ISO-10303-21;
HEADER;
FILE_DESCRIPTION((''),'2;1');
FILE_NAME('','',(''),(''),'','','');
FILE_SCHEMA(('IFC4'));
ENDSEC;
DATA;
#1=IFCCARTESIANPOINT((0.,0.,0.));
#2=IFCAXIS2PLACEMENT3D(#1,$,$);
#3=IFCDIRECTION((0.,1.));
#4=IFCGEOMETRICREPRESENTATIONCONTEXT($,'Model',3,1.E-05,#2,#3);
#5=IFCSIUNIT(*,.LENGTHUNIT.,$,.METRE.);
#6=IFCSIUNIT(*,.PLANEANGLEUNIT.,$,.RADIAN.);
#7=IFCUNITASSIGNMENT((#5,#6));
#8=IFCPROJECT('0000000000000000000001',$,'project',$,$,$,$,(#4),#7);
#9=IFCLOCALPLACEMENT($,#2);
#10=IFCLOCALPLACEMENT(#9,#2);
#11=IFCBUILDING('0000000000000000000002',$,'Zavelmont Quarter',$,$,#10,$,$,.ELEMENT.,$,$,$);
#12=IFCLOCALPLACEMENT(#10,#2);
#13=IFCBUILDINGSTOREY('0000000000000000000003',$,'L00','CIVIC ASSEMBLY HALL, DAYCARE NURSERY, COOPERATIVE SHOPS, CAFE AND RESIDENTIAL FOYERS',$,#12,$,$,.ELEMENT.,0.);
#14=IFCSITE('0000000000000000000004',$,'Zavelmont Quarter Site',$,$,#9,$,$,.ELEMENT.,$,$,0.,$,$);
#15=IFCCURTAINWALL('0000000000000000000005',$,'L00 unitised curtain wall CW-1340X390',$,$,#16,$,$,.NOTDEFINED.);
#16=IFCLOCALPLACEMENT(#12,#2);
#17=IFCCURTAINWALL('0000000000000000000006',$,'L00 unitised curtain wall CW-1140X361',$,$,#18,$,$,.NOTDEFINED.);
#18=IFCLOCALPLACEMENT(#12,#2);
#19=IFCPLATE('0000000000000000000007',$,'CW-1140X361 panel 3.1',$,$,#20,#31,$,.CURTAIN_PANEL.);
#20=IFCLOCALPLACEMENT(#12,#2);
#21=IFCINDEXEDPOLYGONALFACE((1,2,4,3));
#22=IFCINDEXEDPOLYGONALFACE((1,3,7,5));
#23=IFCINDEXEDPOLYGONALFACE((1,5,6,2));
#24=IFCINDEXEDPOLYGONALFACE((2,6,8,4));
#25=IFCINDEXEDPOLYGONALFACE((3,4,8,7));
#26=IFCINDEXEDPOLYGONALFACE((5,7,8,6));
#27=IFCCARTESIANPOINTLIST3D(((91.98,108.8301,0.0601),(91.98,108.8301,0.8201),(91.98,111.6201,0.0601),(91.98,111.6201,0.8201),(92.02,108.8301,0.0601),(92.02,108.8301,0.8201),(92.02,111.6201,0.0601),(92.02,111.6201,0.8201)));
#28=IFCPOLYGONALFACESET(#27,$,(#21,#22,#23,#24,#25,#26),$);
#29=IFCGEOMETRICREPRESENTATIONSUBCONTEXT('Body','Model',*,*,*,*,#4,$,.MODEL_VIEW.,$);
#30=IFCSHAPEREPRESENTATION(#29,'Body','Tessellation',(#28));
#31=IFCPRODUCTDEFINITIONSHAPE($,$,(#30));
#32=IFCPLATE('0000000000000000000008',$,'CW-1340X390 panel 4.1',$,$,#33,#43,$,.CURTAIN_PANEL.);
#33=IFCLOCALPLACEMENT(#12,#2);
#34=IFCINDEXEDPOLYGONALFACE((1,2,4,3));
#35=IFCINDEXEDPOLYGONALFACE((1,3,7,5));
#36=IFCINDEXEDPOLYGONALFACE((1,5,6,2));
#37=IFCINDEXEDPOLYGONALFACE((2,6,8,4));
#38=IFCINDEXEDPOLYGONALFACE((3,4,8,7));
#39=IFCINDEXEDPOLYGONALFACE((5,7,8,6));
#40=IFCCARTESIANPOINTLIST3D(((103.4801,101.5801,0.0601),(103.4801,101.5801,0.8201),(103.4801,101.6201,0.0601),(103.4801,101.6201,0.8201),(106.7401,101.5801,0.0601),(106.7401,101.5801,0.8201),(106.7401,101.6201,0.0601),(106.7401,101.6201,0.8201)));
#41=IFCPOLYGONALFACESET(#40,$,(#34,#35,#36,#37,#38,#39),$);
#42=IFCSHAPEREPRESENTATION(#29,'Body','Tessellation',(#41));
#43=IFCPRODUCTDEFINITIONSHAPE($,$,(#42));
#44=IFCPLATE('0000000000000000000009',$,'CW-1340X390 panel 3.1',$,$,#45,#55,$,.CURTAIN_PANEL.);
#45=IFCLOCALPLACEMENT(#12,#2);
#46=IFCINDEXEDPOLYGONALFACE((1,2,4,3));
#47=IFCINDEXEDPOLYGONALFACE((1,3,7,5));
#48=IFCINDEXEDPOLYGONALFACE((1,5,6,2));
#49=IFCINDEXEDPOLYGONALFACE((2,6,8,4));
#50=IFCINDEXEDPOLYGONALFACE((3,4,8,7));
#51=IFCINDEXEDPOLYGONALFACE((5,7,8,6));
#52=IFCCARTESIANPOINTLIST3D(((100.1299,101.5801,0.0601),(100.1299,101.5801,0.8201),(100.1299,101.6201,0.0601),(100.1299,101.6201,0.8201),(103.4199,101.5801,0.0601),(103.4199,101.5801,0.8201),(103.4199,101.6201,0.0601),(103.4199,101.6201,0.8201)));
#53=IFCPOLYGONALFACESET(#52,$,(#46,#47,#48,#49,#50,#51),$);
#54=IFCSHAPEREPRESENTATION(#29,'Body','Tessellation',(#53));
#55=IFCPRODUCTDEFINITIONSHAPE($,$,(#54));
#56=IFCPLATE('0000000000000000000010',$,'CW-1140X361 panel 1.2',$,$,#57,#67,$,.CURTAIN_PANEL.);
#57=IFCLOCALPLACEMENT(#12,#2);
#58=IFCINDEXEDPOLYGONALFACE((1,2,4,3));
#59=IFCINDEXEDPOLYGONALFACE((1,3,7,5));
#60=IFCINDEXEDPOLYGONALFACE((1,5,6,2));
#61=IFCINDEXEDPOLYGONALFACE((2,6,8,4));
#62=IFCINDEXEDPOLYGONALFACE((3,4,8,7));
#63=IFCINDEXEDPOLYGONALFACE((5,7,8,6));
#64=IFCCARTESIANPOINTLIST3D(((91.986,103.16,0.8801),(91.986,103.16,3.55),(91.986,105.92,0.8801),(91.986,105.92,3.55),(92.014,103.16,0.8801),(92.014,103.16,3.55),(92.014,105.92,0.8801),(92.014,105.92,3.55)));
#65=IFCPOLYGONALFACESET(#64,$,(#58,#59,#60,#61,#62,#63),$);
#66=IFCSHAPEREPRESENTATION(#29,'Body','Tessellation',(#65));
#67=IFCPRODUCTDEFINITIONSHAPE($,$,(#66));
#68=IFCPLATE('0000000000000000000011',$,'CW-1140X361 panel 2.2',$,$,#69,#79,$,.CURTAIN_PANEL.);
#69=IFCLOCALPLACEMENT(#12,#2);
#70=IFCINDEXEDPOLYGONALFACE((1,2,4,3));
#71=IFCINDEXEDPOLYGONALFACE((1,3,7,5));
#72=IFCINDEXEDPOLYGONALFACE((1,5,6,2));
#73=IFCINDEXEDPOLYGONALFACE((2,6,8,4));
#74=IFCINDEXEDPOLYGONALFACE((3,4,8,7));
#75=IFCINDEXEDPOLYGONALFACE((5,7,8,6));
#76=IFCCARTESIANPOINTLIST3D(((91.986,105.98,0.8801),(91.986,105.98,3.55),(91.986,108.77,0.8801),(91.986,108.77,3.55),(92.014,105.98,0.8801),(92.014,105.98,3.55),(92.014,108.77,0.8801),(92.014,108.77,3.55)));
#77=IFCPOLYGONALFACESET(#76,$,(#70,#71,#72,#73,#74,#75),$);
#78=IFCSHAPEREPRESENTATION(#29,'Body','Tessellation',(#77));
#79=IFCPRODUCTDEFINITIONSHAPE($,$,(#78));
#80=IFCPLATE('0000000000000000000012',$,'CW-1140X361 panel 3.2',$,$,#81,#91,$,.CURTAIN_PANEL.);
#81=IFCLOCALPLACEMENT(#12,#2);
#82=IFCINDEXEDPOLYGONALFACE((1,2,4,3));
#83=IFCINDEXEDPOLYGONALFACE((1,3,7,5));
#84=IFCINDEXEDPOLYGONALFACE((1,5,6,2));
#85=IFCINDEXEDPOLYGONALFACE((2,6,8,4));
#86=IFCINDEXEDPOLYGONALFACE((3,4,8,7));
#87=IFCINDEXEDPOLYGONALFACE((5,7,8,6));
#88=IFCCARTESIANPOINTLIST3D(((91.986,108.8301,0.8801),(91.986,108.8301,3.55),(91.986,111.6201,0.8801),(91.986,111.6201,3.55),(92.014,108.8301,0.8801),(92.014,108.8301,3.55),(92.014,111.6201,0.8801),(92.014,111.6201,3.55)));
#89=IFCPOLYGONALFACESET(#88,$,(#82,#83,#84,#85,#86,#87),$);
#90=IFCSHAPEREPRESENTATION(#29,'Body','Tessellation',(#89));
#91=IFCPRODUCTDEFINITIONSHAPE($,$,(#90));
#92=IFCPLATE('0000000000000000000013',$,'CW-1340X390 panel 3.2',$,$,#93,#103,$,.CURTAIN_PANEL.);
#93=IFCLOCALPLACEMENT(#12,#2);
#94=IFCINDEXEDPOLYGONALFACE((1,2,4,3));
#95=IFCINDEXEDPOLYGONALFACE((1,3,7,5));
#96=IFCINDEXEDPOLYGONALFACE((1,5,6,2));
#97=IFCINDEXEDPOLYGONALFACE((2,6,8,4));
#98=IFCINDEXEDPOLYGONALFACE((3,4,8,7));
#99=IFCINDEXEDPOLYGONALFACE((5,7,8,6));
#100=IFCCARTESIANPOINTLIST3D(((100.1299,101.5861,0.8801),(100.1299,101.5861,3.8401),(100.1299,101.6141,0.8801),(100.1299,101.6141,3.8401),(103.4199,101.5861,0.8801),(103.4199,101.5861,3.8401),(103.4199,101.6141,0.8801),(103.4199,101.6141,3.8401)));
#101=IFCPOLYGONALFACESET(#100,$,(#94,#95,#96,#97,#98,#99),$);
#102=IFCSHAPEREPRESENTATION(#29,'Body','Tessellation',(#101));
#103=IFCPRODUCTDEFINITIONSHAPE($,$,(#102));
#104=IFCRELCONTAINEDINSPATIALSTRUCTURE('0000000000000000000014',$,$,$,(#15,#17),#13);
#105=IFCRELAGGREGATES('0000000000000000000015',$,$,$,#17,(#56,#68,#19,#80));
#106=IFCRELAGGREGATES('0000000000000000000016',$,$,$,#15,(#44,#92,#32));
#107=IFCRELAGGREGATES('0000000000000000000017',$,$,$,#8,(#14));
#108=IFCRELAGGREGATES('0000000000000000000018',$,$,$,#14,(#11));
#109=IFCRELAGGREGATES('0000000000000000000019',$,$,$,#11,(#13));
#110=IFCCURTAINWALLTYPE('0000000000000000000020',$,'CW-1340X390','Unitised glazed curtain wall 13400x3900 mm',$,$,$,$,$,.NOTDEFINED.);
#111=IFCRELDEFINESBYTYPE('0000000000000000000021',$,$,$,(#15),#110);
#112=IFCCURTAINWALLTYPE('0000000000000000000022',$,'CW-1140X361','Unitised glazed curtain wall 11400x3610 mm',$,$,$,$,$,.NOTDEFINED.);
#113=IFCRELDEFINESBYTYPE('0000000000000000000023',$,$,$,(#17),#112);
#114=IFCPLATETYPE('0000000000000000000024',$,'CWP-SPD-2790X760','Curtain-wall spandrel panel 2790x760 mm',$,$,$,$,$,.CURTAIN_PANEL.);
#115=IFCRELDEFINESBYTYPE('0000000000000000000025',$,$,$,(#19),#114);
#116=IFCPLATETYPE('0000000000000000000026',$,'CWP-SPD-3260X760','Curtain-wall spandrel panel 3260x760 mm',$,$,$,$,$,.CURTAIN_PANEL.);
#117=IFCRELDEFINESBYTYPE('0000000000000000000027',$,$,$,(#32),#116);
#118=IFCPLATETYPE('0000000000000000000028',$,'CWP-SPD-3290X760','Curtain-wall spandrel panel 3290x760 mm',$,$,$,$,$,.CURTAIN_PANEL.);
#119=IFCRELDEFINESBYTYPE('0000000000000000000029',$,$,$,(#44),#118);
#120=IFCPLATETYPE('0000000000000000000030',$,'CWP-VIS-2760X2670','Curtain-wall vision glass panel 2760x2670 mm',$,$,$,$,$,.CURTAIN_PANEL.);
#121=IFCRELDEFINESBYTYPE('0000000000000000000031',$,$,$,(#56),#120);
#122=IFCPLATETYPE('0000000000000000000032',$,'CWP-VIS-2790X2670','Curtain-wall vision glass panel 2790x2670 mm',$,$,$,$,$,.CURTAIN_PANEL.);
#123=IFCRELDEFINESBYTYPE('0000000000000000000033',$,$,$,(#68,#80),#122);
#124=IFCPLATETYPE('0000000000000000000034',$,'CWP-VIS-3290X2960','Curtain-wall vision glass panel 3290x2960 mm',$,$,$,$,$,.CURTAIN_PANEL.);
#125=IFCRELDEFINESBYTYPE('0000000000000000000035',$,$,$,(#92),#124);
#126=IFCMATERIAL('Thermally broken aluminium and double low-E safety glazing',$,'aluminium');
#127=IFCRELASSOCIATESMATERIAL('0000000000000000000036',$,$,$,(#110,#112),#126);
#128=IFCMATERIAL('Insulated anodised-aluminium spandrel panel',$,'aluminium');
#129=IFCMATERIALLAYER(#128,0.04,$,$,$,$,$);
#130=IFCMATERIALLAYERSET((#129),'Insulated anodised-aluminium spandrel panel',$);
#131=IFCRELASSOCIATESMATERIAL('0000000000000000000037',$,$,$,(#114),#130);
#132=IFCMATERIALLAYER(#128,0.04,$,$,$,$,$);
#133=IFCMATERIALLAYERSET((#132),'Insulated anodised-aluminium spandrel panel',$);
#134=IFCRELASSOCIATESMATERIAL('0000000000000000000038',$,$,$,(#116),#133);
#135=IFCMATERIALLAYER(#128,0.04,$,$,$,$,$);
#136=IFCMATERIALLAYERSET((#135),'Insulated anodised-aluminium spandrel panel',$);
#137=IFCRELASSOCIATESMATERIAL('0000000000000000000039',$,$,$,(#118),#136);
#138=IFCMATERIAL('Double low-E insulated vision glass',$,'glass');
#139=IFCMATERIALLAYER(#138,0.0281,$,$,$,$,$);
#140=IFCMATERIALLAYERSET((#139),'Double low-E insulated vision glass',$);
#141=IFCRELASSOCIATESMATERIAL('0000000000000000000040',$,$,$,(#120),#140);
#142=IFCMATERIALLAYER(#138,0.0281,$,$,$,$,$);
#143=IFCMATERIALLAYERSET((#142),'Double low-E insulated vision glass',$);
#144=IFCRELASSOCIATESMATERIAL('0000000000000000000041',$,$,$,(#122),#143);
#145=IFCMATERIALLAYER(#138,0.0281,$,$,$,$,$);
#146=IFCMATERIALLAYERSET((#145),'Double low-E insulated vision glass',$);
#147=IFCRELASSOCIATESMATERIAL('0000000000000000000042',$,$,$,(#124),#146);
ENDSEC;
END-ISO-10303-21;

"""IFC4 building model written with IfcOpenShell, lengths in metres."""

from ifc_helpers import new_model, si_unit, direction, frame, origin, origin_2d, place, context, subcontext, project, spatial, rectangle, extrude, material, layer, layer_set, type_object, element, aggregate, save


model = new_model("IFC4")

# Units and contexts
model_context = context("Model", 3, precision=1e-05, world=origin(), true_north=direction((0.0, 1.0)))
body_context = subcontext(model_context, "Body", "Model", "MODEL_VIEW")
ifc_project = project(units=[si_unit("LENGTHUNIT", "METRE"), si_unit("PLANEANGLEUNIT", "RADIAN")], contexts=[model_context])

# Site, building, storey
site_placement = place(None, origin())
site = spatial("IfcSite", under=ifc_project, at=site_placement, Name="Zavelmont Quarter Site", CompositionType="ELEMENT", RefElevation=0.0)
building_placement = place(site_placement, origin())
building = spatial("IfcBuilding", under=site, at=building_placement, Name="Zavelmont Quarter", CompositionType="ELEMENT")
storey_placement = place(building_placement, origin())
storey = spatial("IfcBuildingStorey", under=building, at=storey_placement, Name="L00", Description="CIVIC ASSEMBLY HALL, DAYCARE NURSERY, COOPERATIVE SHOPS, CAFE AND RESIDENTIAL FOYERS", CompositionType="ELEMENT", Elevation=0.0)

# Curtain wall
ifc_material_1 = material(Name="Thermally broken aluminium and double low-E safety glazing", Category="aluminium")
curtain_wall_type_1 = type_object("IfcCurtainWallType", Name="CW-1340X390", Description="Unitised glazed curtain wall 13400x3900 mm", PredefinedType="NOTDEFINED", material=ifc_material_1)
curtain_wall_1_placement = place(storey_placement, origin())
curtain_wall_1 = element("IfcCurtainWall", 1, at=curtain_wall_1_placement, inside=storey, type_object=curtain_wall_type_1, Name="L00 unitised curtain wall CW-1340X390", PredefinedType="NOTDEFINED")

# Curtain wall
curtain_wall_type_2 = type_object("IfcCurtainWallType", Name="CW-1140X361", Description="Unitised glazed curtain wall 11400x3610 mm", PredefinedType="NOTDEFINED", material=ifc_material_1)
curtain_wall_2_placement = place(storey_placement, origin())
curtain_wall_2 = element("IfcCurtainWall", 2, at=curtain_wall_2_placement, inside=storey, type_object=curtain_wall_type_2, Name="L00 unitised curtain wall CW-1140X361", PredefinedType="NOTDEFINED")

# Plates
ifc_material_2 = material(Name="Insulated anodised-aluminium spandrel panel", Category="aluminium")
ifc_layer_1 = layer(ifc_material_2, 0.04)
ifc_layer_set_1 = layer_set([ifc_layer_1], Name="Insulated anodised-aluminium spandrel panel")
plate_type_1 = type_object("IfcPlateType", Name="CWP-SPD-2790X760", Description="Curtain-wall spandrel panel 2790x760 mm", PredefinedType="CURTAIN_PANEL", material=ifc_layer_set_1)
plate_1_placement = place(storey_placement, frame((92.0, 110.2251, 0.0601), z_axis=(0.0, 0.0, 1.0), x_axis=(0.0, 1.0, 0.0)))
plate_1 = element("IfcPlate", 3, at=plate_1_placement, type_object=plate_type_1, Name="CW-1140X361 panel 3.1", PredefinedType="CURTAIN_PANEL", context=body_context, shape_type="SweptSolid", body=[
    extrude(rectangle(XDim=2.79, YDim=0.04, at=origin_2d()), origin(), (0.0, 0.0, 1.0), 0.76),
])
ifc_layer_2 = layer(ifc_material_2, 0.04)
ifc_layer_set_2 = layer_set([ifc_layer_2], Name="Insulated anodised-aluminium spandrel panel")
plate_type_2 = type_object("IfcPlateType", Name="CWP-SPD-3260X760", Description="Curtain-wall spandrel panel 3260x760 mm", PredefinedType="CURTAIN_PANEL", material=ifc_layer_set_2)
plate_2_placement = place(storey_placement, frame((105.1101, 101.6001, 0.0601), z_axis=(0.0, 0.0, 1.0), x_axis=(1.0, 0.0, 0.0)))
plate_2 = element("IfcPlate", 4, at=plate_2_placement, type_object=plate_type_2, Name="CW-1340X390 panel 4.1", PredefinedType="CURTAIN_PANEL", context=body_context, shape_type="SweptSolid", body=[
    extrude(rectangle(XDim=3.26, YDim=0.04, at=origin_2d()), origin(), (0.0, 0.0, 1.0), 0.76),
])
ifc_layer_3 = layer(ifc_material_2, 0.04)
ifc_layer_set_3 = layer_set([ifc_layer_3], Name="Insulated anodised-aluminium spandrel panel")
plate_type_3 = type_object("IfcPlateType", Name="CWP-SPD-3290X760", Description="Curtain-wall spandrel panel 3290x760 mm", PredefinedType="CURTAIN_PANEL", material=ifc_layer_set_3)
plate_3_placement = place(storey_placement, frame((101.7749, 101.6001, 0.0601), z_axis=(0.0, 0.0, 1.0), x_axis=(1.0, 0.0, 0.0)))
plate_3 = element("IfcPlate", 5, at=plate_3_placement, type_object=plate_type_3, Name="CW-1340X390 panel 3.1", PredefinedType="CURTAIN_PANEL", context=body_context, shape_type="SweptSolid", body=[
    extrude(rectangle(XDim=3.29, YDim=0.04, at=origin_2d()), origin(), (0.0, 0.0, 1.0), 0.76),
])
ifc_material_3 = material(Name="Double low-E insulated vision glass", Category="glass")
ifc_layer_4 = layer(ifc_material_3, 0.0281)
ifc_layer_set_4 = layer_set([ifc_layer_4], Name="Double low-E insulated vision glass")
plate_type_4 = type_object("IfcPlateType", Name="CWP-VIS-2760X2670", Description="Curtain-wall vision glass panel 2760x2670 mm", PredefinedType="CURTAIN_PANEL", material=ifc_layer_set_4)
plate_4_placement = place(storey_placement, frame((92.0, 104.54, 0.8801), z_axis=(0.0, 0.0, 1.0), x_axis=(0.0, 1.0, 0.0)))
plate_4 = element("IfcPlate", 6, at=plate_4_placement, type_object=plate_type_4, Name="CW-1140X361 panel 1.2", PredefinedType="CURTAIN_PANEL", context=body_context, shape_type="SweptSolid", body=[
    extrude(rectangle(XDim=2.76, YDim=0.0281, at=origin_2d()), origin(), (0.0, 0.0, 1.0), 2.6699),
])
ifc_layer_5 = layer(ifc_material_3, 0.0281)
ifc_layer_set_5 = layer_set([ifc_layer_5], Name="Double low-E insulated vision glass")
plate_type_5 = type_object("IfcPlateType", Name="CWP-VIS-2790X2670", Description="Curtain-wall vision glass panel 2790x2670 mm", PredefinedType="CURTAIN_PANEL", material=ifc_layer_set_5)
plate_5_placement = place(storey_placement, frame((92.0, 107.375, 0.8801), z_axis=(0.0, 0.0, 1.0), x_axis=(0.0, 1.0, 0.0)))
plate_5 = element("IfcPlate", 7, at=plate_5_placement, type_object=plate_type_5, Name="CW-1140X361 panel 2.2", PredefinedType="CURTAIN_PANEL", context=body_context, shape_type="SweptSolid", body=[
    extrude(rectangle(XDim=2.79, YDim=0.0281, at=origin_2d()), origin(), (0.0, 0.0, 1.0), 2.6699),
])
plate_6_placement = place(storey_placement, frame((92.0, 110.2251, 0.8801), z_axis=(0.0, 0.0, 1.0), x_axis=(0.0, 1.0, 0.0)))
plate_6 = element("IfcPlate", 8, at=plate_6_placement, type_object=plate_type_5, Name="CW-1140X361 panel 3.2", PredefinedType="CURTAIN_PANEL", context=body_context, shape_type="SweptSolid", body=[
    extrude(rectangle(XDim=2.79, YDim=0.0281, at=origin_2d()), origin(), (0.0, 0.0, 1.0), 2.6699),
])
aggregate(curtain_wall_2, [plate_4, plate_5, plate_1, plate_6])
ifc_layer_6 = layer(ifc_material_3, 0.0281)
ifc_layer_set_6 = layer_set([ifc_layer_6], Name="Double low-E insulated vision glass")
plate_type_6 = type_object("IfcPlateType", Name="CWP-VIS-3290X2960", Description="Curtain-wall vision glass panel 3290x2960 mm", PredefinedType="CURTAIN_PANEL", material=ifc_layer_set_6)
plate_7_placement = place(storey_placement, frame((101.7749, 101.6001, 0.8801), z_axis=(0.0, 0.0, 1.0), x_axis=(1.0, 0.0, 0.0)))
plate_7 = element("IfcPlate", 9, at=plate_7_placement, type_object=plate_type_6, Name="CW-1340X390 panel 3.2", PredefinedType="CURTAIN_PANEL", context=body_context, shape_type="SweptSolid", body=[
    extrude(rectangle(XDim=3.29, YDim=0.0281, at=origin_2d()), origin(), (0.0, 0.0, 1.0), 2.96),
])
aggregate(curtain_wall_1, [plate_3, plate_7, plate_2])

save(model, "model.ifc")
